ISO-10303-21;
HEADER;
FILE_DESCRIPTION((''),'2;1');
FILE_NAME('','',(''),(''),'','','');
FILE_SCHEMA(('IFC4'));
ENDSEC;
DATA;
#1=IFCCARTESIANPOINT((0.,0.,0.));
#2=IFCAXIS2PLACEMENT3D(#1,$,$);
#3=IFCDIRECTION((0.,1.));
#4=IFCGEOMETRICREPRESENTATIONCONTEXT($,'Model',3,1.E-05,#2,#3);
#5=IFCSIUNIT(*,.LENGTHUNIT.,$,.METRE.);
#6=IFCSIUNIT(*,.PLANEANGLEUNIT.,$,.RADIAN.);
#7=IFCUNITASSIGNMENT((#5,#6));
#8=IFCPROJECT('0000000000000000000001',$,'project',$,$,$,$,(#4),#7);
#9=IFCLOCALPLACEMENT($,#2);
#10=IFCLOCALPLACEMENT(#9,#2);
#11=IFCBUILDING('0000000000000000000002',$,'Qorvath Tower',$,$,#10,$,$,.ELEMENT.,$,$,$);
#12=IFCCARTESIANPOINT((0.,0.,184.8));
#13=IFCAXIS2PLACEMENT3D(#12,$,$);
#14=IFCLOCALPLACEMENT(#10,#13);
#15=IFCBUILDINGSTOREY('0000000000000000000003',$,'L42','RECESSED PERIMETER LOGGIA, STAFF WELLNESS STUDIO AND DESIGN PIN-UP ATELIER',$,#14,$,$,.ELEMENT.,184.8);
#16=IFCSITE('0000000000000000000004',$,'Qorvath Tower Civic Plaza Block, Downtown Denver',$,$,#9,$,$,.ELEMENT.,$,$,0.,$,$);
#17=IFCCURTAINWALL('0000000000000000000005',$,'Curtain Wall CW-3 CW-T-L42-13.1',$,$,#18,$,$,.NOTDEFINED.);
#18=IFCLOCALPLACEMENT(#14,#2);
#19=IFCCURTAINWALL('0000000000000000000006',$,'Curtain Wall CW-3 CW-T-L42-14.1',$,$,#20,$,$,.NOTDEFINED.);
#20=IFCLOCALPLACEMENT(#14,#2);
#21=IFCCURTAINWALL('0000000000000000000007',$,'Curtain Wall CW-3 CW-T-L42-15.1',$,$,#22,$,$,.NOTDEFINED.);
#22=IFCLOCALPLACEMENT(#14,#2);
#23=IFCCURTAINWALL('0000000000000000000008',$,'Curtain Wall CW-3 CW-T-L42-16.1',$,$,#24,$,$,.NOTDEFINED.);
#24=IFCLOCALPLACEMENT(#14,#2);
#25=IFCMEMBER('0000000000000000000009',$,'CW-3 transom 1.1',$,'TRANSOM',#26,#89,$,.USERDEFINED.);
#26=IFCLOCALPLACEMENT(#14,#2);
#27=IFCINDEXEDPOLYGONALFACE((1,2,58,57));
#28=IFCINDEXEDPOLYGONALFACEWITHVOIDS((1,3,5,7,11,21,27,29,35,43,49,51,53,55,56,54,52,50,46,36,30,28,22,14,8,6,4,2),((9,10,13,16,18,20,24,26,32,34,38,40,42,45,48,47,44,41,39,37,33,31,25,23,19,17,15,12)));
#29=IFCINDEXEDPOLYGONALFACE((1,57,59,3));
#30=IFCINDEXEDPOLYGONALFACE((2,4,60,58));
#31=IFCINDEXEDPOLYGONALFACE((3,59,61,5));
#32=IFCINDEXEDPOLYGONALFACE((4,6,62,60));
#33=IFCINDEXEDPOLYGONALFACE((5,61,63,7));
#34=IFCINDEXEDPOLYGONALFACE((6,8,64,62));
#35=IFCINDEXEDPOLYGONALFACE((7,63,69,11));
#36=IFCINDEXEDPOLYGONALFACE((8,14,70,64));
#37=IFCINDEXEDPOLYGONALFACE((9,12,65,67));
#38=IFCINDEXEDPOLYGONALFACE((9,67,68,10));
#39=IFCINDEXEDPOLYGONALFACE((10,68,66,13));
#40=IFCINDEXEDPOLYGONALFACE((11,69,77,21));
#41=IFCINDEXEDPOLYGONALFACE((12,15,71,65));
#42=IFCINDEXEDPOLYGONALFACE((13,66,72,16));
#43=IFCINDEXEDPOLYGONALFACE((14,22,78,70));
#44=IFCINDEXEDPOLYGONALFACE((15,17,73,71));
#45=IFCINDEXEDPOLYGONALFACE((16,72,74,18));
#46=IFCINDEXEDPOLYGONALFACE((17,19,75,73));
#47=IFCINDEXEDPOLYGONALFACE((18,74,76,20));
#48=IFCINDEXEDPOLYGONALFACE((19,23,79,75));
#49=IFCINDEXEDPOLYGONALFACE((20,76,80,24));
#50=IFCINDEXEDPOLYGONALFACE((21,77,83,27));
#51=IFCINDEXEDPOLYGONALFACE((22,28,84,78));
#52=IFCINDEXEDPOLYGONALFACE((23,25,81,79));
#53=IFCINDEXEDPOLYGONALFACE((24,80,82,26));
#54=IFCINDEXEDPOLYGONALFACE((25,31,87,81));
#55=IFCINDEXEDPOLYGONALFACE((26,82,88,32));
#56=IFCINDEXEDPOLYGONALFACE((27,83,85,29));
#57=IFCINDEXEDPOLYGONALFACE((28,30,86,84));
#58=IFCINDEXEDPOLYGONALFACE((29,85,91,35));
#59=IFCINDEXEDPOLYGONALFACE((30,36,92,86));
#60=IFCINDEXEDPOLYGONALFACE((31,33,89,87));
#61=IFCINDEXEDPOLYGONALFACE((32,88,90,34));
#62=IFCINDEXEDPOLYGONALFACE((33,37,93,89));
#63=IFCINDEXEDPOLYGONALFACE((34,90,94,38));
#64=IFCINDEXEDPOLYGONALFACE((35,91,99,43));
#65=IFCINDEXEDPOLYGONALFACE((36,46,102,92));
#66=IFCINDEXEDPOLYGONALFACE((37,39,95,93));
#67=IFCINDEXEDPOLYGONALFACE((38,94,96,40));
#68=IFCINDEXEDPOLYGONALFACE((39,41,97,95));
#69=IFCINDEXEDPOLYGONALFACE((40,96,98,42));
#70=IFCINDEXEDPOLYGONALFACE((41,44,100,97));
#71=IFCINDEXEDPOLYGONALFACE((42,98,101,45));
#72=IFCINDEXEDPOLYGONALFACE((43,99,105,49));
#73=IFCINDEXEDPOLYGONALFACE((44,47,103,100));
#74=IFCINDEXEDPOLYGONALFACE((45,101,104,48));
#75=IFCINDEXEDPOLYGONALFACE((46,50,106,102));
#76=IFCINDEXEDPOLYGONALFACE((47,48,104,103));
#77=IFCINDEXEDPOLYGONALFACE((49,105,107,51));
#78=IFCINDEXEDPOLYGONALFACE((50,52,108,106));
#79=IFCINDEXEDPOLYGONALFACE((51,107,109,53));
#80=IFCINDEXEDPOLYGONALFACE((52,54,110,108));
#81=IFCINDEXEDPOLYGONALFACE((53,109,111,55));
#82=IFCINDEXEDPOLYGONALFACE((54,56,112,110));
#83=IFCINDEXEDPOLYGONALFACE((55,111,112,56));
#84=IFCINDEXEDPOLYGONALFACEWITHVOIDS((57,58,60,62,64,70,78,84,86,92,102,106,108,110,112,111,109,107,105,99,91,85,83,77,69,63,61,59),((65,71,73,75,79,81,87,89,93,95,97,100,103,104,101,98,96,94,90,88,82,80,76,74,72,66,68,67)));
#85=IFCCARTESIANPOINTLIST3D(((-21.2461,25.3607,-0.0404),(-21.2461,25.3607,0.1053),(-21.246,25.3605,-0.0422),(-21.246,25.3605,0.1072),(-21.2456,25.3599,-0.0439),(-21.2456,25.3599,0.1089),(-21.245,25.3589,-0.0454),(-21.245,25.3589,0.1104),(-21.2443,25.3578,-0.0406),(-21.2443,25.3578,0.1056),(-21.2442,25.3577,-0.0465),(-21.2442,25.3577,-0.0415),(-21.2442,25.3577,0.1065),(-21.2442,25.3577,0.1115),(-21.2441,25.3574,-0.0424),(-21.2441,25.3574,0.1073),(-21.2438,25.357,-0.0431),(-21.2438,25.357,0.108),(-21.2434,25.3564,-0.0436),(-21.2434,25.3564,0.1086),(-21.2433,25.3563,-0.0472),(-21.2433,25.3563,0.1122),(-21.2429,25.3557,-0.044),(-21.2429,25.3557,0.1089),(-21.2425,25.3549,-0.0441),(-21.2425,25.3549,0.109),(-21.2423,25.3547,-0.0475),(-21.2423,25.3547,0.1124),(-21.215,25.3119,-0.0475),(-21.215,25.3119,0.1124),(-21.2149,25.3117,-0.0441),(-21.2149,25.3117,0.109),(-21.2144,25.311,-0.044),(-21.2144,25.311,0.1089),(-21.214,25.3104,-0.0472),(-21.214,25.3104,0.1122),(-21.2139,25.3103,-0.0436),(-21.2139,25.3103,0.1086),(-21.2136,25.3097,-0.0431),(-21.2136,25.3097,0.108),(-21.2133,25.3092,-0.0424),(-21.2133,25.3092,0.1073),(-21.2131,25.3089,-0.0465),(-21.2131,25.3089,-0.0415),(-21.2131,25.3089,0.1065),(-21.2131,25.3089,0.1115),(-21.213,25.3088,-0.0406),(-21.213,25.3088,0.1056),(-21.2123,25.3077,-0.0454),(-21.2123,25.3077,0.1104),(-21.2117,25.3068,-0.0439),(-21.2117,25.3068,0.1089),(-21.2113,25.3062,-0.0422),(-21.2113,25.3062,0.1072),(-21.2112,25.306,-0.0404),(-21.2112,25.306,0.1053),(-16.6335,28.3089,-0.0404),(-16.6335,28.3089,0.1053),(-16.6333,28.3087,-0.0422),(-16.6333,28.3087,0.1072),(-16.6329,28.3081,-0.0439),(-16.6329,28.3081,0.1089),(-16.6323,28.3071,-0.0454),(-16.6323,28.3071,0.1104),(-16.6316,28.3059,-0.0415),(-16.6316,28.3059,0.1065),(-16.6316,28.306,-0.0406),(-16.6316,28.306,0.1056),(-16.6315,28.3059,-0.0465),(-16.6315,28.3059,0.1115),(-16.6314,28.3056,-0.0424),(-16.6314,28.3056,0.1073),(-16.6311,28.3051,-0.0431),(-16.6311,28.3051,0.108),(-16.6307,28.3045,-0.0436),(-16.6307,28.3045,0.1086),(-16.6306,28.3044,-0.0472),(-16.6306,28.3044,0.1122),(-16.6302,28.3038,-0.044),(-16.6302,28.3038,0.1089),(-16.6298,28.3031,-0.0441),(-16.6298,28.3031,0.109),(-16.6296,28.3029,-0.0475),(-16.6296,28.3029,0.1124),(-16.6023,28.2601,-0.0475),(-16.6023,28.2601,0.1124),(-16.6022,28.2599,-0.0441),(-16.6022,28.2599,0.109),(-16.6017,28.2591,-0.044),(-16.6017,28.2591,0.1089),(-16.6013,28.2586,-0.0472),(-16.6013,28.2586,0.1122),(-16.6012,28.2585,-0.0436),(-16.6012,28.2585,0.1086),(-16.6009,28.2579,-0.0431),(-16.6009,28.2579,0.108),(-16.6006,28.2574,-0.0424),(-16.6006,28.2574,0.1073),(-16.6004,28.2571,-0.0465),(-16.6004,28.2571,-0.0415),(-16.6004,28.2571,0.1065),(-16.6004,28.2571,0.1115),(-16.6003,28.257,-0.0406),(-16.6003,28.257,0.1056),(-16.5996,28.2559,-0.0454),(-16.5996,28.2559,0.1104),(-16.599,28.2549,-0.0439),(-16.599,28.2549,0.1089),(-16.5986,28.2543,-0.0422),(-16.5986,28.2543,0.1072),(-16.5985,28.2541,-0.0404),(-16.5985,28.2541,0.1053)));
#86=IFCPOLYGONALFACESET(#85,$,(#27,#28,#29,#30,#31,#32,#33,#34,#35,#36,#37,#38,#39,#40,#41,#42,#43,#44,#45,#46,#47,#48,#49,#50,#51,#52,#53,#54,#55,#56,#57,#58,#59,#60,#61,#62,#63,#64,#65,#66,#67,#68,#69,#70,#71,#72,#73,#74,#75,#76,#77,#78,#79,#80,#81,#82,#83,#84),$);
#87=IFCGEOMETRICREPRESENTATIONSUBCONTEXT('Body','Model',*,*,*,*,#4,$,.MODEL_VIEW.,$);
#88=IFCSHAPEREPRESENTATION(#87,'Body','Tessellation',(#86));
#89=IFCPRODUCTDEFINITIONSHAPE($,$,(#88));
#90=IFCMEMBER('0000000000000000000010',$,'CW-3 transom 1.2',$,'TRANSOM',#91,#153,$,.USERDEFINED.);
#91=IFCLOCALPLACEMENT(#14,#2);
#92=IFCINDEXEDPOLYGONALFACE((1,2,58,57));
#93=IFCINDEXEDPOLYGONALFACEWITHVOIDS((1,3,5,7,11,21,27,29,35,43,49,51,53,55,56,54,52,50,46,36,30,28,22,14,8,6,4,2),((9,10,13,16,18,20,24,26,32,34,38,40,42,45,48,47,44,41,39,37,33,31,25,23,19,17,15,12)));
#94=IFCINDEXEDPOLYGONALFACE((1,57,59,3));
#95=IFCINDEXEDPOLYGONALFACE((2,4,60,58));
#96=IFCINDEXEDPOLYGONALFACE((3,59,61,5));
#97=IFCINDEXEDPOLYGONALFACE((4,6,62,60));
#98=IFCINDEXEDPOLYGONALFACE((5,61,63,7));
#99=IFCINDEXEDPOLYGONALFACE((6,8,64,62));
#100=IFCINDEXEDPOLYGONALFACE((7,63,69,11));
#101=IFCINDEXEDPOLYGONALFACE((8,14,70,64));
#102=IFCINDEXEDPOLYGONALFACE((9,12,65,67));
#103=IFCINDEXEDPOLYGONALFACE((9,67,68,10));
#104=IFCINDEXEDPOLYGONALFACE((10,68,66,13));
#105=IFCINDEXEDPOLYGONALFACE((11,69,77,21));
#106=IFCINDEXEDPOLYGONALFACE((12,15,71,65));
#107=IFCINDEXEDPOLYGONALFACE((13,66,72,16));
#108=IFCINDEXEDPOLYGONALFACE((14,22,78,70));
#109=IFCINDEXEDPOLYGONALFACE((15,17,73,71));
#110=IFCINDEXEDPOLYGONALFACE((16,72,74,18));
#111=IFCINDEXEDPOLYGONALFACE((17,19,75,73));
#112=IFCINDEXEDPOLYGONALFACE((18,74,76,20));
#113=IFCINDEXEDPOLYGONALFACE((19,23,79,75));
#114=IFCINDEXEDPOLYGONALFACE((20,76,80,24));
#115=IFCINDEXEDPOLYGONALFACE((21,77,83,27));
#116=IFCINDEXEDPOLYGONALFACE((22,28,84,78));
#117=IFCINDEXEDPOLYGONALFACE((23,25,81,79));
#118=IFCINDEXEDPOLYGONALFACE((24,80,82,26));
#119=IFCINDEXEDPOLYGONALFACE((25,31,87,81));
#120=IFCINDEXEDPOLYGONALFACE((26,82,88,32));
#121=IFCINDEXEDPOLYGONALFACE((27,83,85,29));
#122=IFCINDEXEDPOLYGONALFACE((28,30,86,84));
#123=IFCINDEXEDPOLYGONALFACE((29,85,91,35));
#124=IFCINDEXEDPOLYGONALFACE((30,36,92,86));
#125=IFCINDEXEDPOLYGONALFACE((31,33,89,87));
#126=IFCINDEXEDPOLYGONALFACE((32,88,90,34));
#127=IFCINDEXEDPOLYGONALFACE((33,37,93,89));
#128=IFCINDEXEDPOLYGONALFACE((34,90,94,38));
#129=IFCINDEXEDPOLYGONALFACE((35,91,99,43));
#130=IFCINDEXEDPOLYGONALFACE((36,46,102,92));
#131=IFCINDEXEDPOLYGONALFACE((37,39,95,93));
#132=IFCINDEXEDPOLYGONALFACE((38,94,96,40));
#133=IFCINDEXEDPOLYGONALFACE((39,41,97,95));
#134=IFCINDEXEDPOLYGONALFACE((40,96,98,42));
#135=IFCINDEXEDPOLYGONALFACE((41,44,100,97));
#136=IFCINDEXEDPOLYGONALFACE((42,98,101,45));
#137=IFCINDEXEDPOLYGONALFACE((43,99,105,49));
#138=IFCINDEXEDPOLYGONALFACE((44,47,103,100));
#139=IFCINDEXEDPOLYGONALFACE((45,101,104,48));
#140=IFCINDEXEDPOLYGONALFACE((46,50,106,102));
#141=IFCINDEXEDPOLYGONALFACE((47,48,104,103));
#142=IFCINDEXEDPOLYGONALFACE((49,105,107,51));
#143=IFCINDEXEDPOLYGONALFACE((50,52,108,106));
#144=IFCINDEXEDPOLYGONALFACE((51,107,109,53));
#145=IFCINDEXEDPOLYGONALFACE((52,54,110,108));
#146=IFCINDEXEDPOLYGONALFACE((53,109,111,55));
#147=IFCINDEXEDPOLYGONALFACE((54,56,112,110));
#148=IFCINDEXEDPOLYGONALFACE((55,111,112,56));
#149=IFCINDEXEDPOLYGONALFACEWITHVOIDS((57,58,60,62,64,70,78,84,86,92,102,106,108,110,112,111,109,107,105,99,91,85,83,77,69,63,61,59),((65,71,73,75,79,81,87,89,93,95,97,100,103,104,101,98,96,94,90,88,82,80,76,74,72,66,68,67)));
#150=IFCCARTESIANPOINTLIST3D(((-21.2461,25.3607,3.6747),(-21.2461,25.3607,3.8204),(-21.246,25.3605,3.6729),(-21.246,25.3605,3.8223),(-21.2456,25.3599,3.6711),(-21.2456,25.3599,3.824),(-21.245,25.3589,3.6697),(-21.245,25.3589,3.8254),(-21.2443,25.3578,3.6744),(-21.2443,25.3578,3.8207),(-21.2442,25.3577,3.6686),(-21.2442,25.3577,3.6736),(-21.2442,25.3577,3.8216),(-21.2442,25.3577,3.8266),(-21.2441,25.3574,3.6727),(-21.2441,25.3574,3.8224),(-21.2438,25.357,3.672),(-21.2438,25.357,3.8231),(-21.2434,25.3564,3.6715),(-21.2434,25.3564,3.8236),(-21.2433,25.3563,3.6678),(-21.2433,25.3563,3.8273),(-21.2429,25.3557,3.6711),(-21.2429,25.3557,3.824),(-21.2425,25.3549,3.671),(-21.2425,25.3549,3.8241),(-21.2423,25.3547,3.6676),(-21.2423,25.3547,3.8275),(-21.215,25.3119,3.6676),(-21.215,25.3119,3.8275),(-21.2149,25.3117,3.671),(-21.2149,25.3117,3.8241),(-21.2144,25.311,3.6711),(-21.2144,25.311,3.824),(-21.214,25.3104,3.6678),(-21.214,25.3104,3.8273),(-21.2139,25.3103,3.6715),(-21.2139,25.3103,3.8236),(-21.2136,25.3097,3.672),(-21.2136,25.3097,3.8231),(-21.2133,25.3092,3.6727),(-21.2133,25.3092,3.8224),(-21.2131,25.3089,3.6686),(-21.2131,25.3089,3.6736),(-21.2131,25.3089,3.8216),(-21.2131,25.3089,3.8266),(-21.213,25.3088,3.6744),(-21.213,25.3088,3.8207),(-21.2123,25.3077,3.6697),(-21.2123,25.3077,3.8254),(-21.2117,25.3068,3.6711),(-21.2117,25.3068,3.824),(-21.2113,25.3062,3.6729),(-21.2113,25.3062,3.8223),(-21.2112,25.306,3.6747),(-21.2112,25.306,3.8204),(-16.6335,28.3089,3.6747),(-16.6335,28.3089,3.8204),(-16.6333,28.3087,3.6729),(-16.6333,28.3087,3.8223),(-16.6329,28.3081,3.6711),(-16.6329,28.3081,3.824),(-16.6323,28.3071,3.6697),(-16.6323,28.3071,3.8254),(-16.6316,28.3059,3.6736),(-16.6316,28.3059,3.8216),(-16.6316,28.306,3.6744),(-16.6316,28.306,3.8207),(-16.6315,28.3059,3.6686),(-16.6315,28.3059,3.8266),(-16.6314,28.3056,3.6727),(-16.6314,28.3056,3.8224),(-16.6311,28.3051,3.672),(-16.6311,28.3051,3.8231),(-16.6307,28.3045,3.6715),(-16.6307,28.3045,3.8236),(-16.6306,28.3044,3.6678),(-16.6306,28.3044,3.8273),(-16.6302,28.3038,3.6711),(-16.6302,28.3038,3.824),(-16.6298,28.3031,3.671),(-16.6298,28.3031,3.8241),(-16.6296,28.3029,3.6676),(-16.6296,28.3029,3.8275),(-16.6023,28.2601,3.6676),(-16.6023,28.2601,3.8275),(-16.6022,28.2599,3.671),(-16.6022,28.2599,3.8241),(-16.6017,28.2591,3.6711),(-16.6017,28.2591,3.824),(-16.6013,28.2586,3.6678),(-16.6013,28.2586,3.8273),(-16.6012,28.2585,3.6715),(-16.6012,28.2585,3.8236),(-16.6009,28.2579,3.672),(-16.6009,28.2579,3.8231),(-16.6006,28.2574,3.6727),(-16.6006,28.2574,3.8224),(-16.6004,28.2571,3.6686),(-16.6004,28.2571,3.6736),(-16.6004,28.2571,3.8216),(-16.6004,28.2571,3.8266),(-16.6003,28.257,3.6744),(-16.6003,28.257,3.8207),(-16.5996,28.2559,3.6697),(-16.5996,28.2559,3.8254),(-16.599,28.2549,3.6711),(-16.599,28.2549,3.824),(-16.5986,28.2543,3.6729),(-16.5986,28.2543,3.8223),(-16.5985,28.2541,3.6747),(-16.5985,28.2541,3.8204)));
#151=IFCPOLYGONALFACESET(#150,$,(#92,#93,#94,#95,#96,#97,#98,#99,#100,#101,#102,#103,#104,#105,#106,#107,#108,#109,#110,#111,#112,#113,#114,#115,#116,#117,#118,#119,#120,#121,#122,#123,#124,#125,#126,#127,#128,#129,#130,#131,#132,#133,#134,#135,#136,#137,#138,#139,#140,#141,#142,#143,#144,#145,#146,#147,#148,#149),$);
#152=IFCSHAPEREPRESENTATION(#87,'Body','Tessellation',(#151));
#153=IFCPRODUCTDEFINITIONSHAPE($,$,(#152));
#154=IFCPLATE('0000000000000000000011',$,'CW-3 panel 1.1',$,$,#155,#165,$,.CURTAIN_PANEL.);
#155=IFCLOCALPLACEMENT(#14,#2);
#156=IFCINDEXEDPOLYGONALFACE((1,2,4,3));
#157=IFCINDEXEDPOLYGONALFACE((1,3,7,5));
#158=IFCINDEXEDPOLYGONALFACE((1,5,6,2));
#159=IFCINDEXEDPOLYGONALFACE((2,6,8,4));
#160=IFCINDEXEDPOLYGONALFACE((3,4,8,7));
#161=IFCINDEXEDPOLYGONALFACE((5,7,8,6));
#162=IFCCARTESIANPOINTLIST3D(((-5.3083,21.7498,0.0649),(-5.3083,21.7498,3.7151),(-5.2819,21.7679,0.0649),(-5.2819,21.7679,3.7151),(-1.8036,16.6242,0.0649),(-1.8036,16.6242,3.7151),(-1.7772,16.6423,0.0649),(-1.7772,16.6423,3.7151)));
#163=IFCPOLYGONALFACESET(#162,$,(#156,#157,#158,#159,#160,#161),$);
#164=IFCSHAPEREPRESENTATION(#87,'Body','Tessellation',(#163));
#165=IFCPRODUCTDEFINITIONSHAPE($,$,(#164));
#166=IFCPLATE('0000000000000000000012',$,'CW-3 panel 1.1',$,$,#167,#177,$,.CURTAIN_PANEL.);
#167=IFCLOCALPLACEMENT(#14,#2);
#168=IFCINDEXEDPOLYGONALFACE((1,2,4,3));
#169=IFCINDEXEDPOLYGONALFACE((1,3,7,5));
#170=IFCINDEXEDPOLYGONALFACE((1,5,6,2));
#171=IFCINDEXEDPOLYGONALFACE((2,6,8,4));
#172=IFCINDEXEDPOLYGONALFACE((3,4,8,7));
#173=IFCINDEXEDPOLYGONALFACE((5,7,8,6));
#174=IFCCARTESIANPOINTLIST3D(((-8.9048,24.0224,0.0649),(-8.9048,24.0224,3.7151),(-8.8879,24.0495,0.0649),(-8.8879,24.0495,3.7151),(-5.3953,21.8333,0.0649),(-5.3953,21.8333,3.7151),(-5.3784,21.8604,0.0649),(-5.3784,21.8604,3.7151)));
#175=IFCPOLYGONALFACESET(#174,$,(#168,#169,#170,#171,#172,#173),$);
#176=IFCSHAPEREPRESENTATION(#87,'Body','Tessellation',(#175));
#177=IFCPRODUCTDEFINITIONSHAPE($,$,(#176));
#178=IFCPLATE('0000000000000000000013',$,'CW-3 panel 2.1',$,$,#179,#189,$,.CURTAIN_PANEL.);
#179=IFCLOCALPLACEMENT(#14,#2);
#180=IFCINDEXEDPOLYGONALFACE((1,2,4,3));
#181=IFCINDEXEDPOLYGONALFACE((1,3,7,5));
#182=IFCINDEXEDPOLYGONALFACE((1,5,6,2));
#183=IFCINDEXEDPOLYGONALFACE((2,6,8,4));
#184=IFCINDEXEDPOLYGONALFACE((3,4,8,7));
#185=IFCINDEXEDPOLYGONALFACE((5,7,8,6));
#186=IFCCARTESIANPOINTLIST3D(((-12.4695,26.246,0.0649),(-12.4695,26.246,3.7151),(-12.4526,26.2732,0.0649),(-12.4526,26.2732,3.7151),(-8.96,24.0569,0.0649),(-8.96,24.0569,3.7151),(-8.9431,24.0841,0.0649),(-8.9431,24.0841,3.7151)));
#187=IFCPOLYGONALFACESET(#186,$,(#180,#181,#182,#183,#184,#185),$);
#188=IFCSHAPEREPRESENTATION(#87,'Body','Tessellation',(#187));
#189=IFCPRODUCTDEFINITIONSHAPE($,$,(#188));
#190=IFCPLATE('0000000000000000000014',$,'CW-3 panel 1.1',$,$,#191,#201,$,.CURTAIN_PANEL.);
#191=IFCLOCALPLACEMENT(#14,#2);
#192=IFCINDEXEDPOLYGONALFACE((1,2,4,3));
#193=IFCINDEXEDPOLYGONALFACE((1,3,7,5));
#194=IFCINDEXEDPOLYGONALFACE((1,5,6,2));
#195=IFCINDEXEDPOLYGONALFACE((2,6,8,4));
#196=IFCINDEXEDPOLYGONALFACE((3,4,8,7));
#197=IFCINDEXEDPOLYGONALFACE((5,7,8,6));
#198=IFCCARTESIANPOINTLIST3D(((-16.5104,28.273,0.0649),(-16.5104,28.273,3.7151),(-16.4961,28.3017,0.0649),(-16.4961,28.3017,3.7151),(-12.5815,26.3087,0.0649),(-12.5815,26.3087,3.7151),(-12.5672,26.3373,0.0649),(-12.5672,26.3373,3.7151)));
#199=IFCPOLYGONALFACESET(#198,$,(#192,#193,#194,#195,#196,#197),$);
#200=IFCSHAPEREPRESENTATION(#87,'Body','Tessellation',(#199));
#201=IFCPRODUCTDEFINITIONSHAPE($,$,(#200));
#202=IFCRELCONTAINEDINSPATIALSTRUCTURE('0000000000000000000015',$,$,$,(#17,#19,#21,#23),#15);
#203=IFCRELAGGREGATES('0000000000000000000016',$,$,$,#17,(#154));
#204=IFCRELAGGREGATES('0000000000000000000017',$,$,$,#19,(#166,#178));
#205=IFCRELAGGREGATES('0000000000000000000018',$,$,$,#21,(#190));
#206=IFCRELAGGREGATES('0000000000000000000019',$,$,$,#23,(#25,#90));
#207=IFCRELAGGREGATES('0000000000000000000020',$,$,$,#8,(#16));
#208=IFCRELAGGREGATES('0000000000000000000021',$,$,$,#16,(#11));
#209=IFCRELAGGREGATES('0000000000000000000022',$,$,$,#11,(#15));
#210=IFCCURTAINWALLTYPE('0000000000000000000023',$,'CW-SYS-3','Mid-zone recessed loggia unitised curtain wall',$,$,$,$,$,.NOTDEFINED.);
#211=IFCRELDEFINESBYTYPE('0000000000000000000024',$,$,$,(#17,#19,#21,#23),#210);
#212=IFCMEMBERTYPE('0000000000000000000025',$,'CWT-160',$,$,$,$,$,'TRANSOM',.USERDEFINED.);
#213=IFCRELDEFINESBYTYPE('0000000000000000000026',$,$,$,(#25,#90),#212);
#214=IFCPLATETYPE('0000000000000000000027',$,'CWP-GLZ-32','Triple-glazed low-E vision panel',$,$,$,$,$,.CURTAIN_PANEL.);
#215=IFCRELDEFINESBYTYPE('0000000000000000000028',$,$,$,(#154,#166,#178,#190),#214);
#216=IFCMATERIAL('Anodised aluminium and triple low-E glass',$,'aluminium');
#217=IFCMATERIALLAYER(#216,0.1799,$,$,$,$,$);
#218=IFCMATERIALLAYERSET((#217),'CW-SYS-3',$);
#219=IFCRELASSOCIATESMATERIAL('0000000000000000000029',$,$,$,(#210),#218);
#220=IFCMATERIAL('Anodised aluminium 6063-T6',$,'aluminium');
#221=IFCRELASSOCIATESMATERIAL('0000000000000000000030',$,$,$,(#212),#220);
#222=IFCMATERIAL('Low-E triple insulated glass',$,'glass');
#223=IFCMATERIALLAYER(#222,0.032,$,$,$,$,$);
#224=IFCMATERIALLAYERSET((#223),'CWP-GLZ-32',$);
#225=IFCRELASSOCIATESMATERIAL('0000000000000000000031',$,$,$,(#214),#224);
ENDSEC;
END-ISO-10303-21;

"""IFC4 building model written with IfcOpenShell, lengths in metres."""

from ifc_helpers import new_model, si_unit, direction, frame, origin, origin_2d, place, context, subcontext, project, spatial, rectangle, hollow_rectangle, extrude, material, layer, layer_set, material_profile, profile_set, type_object, element, aggregate, save


model = new_model("IFC4")

# Units and contexts
model_context = context("Model", 3, precision=1e-05, world=origin(), true_north=direction((0.0, 1.0)))
body_context = subcontext(model_context, "Body", "Model", "MODEL_VIEW")
ifc_project = project(units=[si_unit("LENGTHUNIT", "METRE"), si_unit("PLANEANGLEUNIT", "RADIAN")], contexts=[model_context])

# Site, building, storey
site_placement = place(None, origin())
site = spatial("IfcSite", under=ifc_project, at=site_placement, Name="Qorvath Tower Civic Plaza Block, Downtown Denver", CompositionType="ELEMENT", RefElevation=0.0)
building_placement = place(site_placement, origin())
building = spatial("IfcBuilding", under=site, at=building_placement, Name="Qorvath Tower", CompositionType="ELEMENT")
storey_placement = place(building_placement, frame((0.0, 0.0, 184.8)))
storey = spatial("IfcBuildingStorey", under=building, at=storey_placement, Name="L42", Description="RECESSED PERIMETER LOGGIA, STAFF WELLNESS STUDIO AND DESIGN PIN-UP ATELIER", CompositionType="ELEMENT", Elevation=184.8)

# Shared definitions
ifc_material_1 = material(Name="Anodised aluminium and triple low-E glass", Category="aluminium")
ifc_layer_1 = layer(ifc_material_1, 0.1799)
ifc_layer_set_1 = layer_set([ifc_layer_1], Name="CW-SYS-3")
curtain_wall_type = type_object("IfcCurtainWallType", Name="CW-SYS-3", Description="Mid-zone recessed loggia unitised curtain wall", PredefinedType="NOTDEFINED", material=ifc_layer_set_1)

# Curtain walls
curtain_wall_1_placement = place(storey_placement, origin())
curtain_wall_1 = element("IfcCurtainWall", 1, at=curtain_wall_1_placement, inside=storey, type_object=curtain_wall_type, Name="Curtain Wall CW-3 CW-T-L42-13.1", PredefinedType="NOTDEFINED")
curtain_wall_2_placement = place(storey_placement, origin())
curtain_wall_2 = element("IfcCurtainWall", 2, at=curtain_wall_2_placement, inside=storey, type_object=curtain_wall_type, Name="Curtain Wall CW-3 CW-T-L42-14.1", PredefinedType="NOTDEFINED")
curtain_wall_3_placement = place(storey_placement, origin())
curtain_wall_3 = element("IfcCurtainWall", 3, at=curtain_wall_3_placement, inside=storey, type_object=curtain_wall_type, Name="Curtain Wall CW-3 CW-T-L42-15.1", PredefinedType="NOTDEFINED")

# Curtain wall
curtain_wall_4_placement = place(storey_placement, origin())
curtain_wall_4 = element("IfcCurtainWall", 4, at=curtain_wall_4_placement, inside=storey, type_object=curtain_wall_type, Name="Curtain Wall CW-3 CW-T-L42-16.1", PredefinedType="NOTDEFINED")

# Members
ifc_material_2 = material(Name="Anodised aluminium 6063-T6", Category="aluminium")
ifc_material_profile_1 = material_profile(ifc_material_2, hollow_rectangle(XDim=0.0649, YDim=0.1599, WallThickness=0.0034, InnerFilletRadius=0.0034, OuterFilletRadius=0.0071, at=origin_2d()), Name="CWT 160x65")
ifc_profile_set_1 = profile_set([ifc_material_profile_1], Name="Anodised aluminium 6063-T6")
member_type_1 = type_object("IfcMemberType", Name="CWT-160", ElementType="TRANSOM", PredefinedType="USERDEFINED", material=ifc_profile_set_1)
member_1_placement = place(storey_placement, frame((-16.616, 28.2815, 0.0325), z_axis=(-0.842598, -0.538542, 0.0), x_axis=(0.538542, -0.842598, 0.0)))
member_1 = element("IfcMember", 5, at=member_1_placement, type_object=member_type_1, Name="CW-3 transom 1.1", ObjectType="TRANSOM", PredefinedType="USERDEFINED", context=body_context, shape_type="SweptSolid", body=[
    extrude(hollow_rectangle(XDim=0.0649, YDim=0.1599, WallThickness=0.0034, InnerFilletRadius=0.0034, OuterFilletRadius=0.0071, at=origin_2d()), origin(), (0.0, 0.0, 1.0), 5.4744),
])
member_2_placement = place(storey_placement, frame((-16.616, 28.2815, 3.7476), z_axis=(-0.842598, -0.538542, 0.0), x_axis=(0.538542, -0.842598, 0.0)))
member_2 = element("IfcMember", 6, at=member_2_placement, type_object=member_type_1, Name="CW-3 transom 1.2", ObjectType="TRANSOM", PredefinedType="USERDEFINED", context=body_context, shape_type="SweptSolid", body=[
    extrude(hollow_rectangle(XDim=0.0649, YDim=0.1599, WallThickness=0.0034, InnerFilletRadius=0.0034, OuterFilletRadius=0.0071, at=origin_2d()), origin(), (0.0, 0.0, 1.0), 5.4744),
])

# Plates
ifc_material_3 = material(Name="Low-E triple insulated glass", Category="glass")
ifc_layer_2 = layer(ifc_material_3, 0.032)
ifc_layer_set_2 = layer_set([ifc_layer_2], Name="CWP-GLZ-32")
plate_type = type_object("IfcPlateType", Name="CWP-GLZ-32", Description="Triple-glazed low-E vision panel", PredefinedType="CURTAIN_PANEL", material=ifc_layer_set_2)
plate_1_placement = place(storey_placement, frame((-3.5427, 19.196, 0.0649), z_axis=(0.0, 0.0, 1.0), x_axis=(-0.564436, 0.825477, 0.0)))
plate_1 = element("IfcPlate", 7, at=plate_1_placement, type_object=plate_type, Name="CW-3 panel 1.1", PredefinedType="CURTAIN_PANEL", context=body_context, shape_type="SweptSolid", body=[
    extrude(rectangle(XDim=6.2092, YDim=0.032, at=origin_2d()), origin(), (0.0, 0.0, 1.0), 3.6501),
])
aggregate(curtain_wall_1, [plate_1])
plate_2_placement = place(storey_placement, frame((-7.1416, 22.9414, 0.0649), z_axis=(0.0, 0.0, 1.0), x_axis=(-0.848464, 0.529252, 0.0)))
plate_2 = element("IfcPlate", 8, at=plate_2_placement, type_object=plate_type, Name="CW-3 panel 1.1", PredefinedType="CURTAIN_PANEL", context=body_context, shape_type="SweptSolid", body=[
    extrude(rectangle(XDim=4.1362, YDim=0.032, at=origin_2d()), origin(), (0.0, 0.0, 1.0), 3.6501),
])
plate_3_placement = place(storey_placement, frame((-10.7063, 25.165, 0.0649), z_axis=(0.0, 0.0, 1.0), x_axis=(-0.848464, 0.529252, 0.0)))
plate_3 = element("IfcPlate", 9, at=plate_3_placement, type_object=plate_type, Name="CW-3 panel 2.1", PredefinedType="CURTAIN_PANEL", context=body_context, shape_type="SweptSolid", body=[
    extrude(rectangle(XDim=4.1362, YDim=0.032, at=origin_2d()), origin(), (0.0, 0.0, 1.0), 3.6501),
])
aggregate(curtain_wall_2, [plate_2, plate_3])
plate_4_placement = place(storey_placement, frame((-14.5388, 27.3052, 0.0649), z_axis=(0.0, 0.0, 1.0), x_axis=(-0.894436, 0.447196, 0.0)))
plate_4 = element("IfcPlate", 10, at=plate_4_placement, type_object=plate_type, Name="CW-3 panel 1.1", PredefinedType="CURTAIN_PANEL", context=body_context, shape_type="SweptSolid", body=[
    extrude(rectangle(XDim=4.3926, YDim=0.032, at=origin_2d()), origin(), (0.0, 0.0, 1.0), 3.6501),
])
aggregate(curtain_wall_3, [plate_4])
aggregate(curtain_wall_4, [member_1, member_2])

save(model, "model.ifc")
